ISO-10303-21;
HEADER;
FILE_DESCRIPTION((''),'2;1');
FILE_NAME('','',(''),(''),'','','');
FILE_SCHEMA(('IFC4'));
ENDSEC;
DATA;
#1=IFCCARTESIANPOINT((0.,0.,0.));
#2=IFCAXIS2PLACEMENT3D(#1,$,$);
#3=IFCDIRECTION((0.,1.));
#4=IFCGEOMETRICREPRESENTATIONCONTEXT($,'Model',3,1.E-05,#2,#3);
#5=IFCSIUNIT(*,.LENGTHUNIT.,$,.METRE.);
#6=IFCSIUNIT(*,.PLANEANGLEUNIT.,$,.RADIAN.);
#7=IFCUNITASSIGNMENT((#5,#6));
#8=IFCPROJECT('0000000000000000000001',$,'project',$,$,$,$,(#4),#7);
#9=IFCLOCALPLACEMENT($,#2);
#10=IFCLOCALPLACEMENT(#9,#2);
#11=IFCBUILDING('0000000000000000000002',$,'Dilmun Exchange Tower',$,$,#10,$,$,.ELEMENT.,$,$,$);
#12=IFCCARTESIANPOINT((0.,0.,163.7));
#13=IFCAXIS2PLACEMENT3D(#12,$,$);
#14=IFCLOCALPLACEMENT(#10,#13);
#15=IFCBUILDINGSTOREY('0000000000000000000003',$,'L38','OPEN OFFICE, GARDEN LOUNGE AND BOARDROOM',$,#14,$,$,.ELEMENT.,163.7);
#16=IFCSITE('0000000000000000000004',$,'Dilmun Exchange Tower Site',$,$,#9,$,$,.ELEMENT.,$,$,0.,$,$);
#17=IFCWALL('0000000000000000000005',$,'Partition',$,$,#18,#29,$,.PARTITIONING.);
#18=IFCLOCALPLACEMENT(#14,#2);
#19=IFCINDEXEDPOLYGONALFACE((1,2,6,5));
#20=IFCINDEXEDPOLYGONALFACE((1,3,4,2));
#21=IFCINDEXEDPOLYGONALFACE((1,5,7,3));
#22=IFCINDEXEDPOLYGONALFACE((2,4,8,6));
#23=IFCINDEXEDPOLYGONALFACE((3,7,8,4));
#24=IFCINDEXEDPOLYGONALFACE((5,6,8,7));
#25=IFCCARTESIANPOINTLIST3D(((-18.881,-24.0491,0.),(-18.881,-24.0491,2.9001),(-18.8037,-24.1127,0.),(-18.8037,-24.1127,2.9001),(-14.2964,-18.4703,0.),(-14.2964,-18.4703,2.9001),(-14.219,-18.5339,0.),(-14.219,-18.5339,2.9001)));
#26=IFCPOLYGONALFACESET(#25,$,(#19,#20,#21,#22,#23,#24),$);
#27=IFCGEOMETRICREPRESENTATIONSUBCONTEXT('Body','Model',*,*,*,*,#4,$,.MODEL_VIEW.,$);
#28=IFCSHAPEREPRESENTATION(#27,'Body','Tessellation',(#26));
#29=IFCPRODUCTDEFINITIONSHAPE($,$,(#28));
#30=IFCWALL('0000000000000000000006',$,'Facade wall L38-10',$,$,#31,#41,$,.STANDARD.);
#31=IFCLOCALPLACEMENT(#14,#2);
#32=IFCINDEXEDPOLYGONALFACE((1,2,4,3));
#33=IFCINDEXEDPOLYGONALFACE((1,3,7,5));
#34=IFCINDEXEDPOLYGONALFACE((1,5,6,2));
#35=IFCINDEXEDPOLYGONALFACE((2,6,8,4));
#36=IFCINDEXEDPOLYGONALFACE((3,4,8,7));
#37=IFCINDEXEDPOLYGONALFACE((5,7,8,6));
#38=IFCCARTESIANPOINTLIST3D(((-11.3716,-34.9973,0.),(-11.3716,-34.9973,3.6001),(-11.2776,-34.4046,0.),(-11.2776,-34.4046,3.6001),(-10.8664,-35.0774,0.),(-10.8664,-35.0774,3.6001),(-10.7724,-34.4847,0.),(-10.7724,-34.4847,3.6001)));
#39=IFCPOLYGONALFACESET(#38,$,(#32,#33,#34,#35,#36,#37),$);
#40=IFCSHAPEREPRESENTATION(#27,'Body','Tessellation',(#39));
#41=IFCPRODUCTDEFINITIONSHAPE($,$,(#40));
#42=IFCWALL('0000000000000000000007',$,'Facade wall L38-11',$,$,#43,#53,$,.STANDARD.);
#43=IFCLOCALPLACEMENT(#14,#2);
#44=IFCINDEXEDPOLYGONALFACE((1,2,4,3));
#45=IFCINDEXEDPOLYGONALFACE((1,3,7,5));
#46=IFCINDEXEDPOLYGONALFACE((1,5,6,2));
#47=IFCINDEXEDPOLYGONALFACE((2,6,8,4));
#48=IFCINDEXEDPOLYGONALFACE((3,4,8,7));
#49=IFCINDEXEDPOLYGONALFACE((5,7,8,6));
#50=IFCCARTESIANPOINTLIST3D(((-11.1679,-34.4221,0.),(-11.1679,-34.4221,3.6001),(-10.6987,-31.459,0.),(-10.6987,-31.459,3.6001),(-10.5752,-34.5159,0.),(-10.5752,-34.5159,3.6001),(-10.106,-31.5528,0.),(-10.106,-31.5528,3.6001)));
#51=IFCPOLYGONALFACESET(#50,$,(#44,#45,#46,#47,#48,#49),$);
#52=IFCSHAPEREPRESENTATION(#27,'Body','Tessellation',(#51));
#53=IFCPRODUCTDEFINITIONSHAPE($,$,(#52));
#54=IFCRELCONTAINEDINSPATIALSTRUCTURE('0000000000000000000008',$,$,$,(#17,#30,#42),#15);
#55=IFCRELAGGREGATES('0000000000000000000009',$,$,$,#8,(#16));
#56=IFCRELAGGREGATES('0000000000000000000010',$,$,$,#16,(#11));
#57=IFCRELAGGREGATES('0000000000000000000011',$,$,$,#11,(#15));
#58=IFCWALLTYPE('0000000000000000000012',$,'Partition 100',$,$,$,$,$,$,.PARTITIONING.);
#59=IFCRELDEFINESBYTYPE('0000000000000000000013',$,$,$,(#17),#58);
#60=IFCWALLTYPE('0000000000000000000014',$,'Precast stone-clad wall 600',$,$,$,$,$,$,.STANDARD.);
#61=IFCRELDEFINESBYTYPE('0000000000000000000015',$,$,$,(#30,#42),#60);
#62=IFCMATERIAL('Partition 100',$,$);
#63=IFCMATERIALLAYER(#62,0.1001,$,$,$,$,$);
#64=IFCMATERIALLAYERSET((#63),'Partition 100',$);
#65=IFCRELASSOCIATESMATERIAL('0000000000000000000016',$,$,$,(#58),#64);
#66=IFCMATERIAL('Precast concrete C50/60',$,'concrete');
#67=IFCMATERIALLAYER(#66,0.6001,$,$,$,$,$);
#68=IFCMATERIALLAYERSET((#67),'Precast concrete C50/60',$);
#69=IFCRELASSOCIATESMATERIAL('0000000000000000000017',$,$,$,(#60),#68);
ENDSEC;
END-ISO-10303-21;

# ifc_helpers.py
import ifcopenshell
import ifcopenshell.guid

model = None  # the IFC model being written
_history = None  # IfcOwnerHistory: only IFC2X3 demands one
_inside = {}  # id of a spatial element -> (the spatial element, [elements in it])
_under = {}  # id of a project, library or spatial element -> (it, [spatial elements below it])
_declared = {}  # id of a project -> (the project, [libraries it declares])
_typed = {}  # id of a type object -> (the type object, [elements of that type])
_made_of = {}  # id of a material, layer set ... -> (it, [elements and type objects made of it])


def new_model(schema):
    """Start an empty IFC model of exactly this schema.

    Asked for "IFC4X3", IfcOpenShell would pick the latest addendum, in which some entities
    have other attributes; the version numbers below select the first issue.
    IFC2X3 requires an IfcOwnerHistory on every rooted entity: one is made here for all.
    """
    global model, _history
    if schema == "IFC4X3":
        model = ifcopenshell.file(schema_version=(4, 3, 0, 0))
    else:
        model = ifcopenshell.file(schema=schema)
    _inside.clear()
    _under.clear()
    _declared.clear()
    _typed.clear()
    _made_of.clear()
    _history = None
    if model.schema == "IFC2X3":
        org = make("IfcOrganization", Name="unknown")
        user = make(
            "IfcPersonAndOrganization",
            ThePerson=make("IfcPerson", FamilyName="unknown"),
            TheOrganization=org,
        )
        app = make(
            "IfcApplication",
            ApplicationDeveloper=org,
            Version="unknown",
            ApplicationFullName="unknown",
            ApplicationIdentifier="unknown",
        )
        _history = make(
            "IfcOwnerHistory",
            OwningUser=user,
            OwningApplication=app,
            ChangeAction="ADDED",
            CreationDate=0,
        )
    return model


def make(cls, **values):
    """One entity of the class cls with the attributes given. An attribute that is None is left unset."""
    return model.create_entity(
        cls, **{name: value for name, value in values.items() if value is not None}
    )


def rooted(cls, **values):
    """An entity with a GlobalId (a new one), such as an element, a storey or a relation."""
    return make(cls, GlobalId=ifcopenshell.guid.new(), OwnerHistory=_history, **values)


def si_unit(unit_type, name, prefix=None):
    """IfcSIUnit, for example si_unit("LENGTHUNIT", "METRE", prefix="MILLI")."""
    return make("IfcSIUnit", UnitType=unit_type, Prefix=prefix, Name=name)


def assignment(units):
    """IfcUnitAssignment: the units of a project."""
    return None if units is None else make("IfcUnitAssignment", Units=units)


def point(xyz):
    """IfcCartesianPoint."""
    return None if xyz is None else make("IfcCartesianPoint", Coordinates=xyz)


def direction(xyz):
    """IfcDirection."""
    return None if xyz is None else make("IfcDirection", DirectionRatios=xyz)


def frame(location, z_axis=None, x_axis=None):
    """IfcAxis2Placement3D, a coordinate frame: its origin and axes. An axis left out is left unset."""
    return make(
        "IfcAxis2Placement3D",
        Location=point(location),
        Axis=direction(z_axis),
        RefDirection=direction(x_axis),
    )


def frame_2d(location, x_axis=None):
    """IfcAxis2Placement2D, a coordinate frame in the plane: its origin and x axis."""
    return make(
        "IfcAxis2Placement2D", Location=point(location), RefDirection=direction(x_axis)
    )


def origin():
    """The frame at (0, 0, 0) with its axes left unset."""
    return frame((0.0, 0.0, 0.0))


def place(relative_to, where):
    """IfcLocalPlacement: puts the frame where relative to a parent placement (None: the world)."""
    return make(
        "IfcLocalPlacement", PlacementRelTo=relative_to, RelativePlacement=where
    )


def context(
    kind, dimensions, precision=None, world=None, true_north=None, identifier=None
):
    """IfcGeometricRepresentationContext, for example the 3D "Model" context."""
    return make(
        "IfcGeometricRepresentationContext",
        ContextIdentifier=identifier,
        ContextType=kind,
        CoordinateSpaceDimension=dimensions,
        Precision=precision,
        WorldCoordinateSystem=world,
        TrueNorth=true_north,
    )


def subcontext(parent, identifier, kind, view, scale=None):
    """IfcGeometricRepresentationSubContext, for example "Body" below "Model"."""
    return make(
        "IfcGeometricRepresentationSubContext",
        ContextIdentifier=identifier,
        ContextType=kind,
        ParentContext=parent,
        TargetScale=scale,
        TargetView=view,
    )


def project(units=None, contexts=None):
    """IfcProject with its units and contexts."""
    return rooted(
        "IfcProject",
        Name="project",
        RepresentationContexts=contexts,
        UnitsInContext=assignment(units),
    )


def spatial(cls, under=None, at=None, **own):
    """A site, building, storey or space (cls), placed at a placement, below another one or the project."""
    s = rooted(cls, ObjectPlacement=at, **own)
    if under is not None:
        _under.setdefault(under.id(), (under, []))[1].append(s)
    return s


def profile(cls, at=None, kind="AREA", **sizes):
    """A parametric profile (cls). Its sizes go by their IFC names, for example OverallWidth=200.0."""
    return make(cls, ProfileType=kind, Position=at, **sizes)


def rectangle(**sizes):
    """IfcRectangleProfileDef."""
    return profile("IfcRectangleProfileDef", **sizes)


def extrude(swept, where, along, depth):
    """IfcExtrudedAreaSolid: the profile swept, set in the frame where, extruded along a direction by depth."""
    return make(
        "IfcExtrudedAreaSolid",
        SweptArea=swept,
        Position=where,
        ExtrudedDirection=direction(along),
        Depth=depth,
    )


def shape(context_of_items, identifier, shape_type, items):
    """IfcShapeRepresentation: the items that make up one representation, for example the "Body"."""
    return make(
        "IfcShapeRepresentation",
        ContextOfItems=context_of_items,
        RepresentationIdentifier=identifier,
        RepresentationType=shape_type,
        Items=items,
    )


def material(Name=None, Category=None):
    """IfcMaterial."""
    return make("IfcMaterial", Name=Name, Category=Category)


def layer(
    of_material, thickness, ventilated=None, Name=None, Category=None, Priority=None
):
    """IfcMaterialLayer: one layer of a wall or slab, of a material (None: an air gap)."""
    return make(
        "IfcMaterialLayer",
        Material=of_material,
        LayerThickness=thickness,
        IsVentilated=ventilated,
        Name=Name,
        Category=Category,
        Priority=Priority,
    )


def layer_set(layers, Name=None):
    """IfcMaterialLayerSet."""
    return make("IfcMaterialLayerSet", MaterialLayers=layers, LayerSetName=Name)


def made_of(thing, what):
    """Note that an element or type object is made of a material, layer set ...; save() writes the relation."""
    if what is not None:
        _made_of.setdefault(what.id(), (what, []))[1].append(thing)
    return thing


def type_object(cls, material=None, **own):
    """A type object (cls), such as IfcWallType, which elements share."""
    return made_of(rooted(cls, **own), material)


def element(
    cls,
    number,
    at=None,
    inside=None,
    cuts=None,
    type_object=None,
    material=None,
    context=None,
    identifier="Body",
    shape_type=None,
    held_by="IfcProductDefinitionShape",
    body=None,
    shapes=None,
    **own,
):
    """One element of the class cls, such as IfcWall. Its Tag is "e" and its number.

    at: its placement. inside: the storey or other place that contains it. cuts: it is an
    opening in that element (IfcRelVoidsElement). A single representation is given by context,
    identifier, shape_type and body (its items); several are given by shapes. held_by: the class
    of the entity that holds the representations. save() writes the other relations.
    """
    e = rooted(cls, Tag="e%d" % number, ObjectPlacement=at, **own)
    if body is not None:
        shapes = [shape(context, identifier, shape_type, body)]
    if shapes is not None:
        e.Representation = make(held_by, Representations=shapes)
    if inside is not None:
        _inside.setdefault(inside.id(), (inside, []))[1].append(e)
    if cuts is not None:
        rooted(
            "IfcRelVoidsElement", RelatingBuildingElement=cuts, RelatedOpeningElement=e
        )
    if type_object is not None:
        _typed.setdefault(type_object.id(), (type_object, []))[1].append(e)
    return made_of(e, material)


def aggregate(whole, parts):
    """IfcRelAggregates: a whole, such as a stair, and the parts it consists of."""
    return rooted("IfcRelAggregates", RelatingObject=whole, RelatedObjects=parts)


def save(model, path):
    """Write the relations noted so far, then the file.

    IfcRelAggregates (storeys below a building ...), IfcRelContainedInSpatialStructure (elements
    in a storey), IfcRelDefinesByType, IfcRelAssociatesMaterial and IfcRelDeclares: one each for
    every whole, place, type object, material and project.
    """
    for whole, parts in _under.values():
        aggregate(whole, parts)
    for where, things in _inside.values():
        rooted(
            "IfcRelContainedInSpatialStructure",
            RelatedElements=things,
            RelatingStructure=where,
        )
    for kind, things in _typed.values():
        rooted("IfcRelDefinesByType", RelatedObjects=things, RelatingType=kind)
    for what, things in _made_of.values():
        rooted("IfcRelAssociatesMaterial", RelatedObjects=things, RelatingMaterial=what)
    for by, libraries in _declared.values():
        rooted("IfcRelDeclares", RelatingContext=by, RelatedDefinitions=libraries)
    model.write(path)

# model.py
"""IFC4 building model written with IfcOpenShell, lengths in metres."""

from ifc_helpers import new_model, si_unit, direction, frame, frame_2d, origin, place, context, subcontext, project, spatial, rectangle, extrude, material, layer, layer_set, type_object, element, save


model = new_model("IFC4")

# Units and contexts
model_context = context("Model", 3, precision=1e-05, world=origin(), true_north=direction((0.0, 1.0)))
body_context = subcontext(model_context, "Body", "Model", "MODEL_VIEW")
ifc_project = project(units=[si_unit("LENGTHUNIT", "METRE"), si_unit("PLANEANGLEUNIT", "RADIAN")], contexts=[model_context])

# Site, building, storey
site_placement = place(None, origin())
site = spatial("IfcSite", under=ifc_project, at=site_placement, Name="Dilmun Exchange Tower Site", CompositionType="ELEMENT", RefElevation=0.0)
building_placement = place(site_placement, origin())
building = spatial("IfcBuilding", under=site, at=building_placement, Name="Dilmun Exchange Tower", CompositionType="ELEMENT")
storey_placement = place(building_placement, frame((0.0, 0.0, 163.7)))
storey = spatial("IfcBuildingStorey", under=building, at=storey_placement, Name="L38", Description="OPEN OFFICE, GARDEN LOUNGE AND BOARDROOM", CompositionType="ELEMENT", Elevation=163.7)

# Walls
ifc_material_1 = material(Name="Partition 100")
ifc_layer_1 = layer(ifc_material_1, 0.1001)
ifc_layer_set_1 = layer_set([ifc_layer_1], Name="Partition 100")
wall_type_1 = type_object("IfcWallType", Name="Partition 100", PredefinedType="PARTITIONING", material=ifc_layer_set_1)
wall_1_placement = place(storey_placement, frame((-18.8423, -24.0808, 0.0), z_axis=(0.0, 0.0, 1.0), x_axis=(0.634912, 0.772585, 0.0)))
element("IfcWall", 1, at=wall_1_placement, inside=storey, type_object=wall_type_1, Name="Partition", PredefinedType="PARTITIONING", context=body_context, shape_type="SweptSolid", body=[
    extrude(rectangle(XDim=7.2209, YDim=0.1001, at=frame_2d((3.6104, 0.0))), origin(), (0.0, 0.0, 1.0), 2.9001),
])
ifc_material_2 = material(Name="Precast concrete C50/60", Category="concrete")
ifc_layer_2 = layer(ifc_material_2, 0.6001)
ifc_layer_set_2 = layer_set([ifc_layer_2], Name="Precast concrete C50/60")
wall_type_2 = type_object("IfcWallType", Name="Precast stone-clad wall 600", PredefinedType="STANDARD", material=ifc_layer_set_2)
wall_2_placement = place(storey_placement, frame((-11.3247, -34.7009, 0.0), z_axis=(0.0, 0.0, 1.0), x_axis=(0.987666, -0.156575, 0.0)))
element("IfcWall", 2, at=wall_2_placement, inside=storey, type_object=wall_type_2, Name="Facade wall L38-10", PredefinedType="STANDARD", context=body_context, shape_type="SweptSolid", body=[
    extrude(rectangle(XDim=0.5115, YDim=0.6001, at=frame_2d((0.2559, 0.0))), origin(), (0.0, 0.0, 1.0), 3.6001),
])
wall_3_placement = place(storey_placement, frame((-10.8716, -34.469, 0.0), z_axis=(0.0, 0.0, 1.0), x_axis=(0.15641, 0.987692, 0.0)))
element("IfcWall", 3, at=wall_3_placement, inside=storey, type_object=wall_type_2, Name="Facade wall L38-11", PredefinedType="STANDARD", context=body_context, shape_type="SweptSolid", body=[
    extrude(rectangle(XDim=3.0, YDim=0.6001, at=frame_2d((1.5, 0.0))), origin(), (0.0, 0.0, 1.0), 3.6001),
])

save(model, "model.ifc")
